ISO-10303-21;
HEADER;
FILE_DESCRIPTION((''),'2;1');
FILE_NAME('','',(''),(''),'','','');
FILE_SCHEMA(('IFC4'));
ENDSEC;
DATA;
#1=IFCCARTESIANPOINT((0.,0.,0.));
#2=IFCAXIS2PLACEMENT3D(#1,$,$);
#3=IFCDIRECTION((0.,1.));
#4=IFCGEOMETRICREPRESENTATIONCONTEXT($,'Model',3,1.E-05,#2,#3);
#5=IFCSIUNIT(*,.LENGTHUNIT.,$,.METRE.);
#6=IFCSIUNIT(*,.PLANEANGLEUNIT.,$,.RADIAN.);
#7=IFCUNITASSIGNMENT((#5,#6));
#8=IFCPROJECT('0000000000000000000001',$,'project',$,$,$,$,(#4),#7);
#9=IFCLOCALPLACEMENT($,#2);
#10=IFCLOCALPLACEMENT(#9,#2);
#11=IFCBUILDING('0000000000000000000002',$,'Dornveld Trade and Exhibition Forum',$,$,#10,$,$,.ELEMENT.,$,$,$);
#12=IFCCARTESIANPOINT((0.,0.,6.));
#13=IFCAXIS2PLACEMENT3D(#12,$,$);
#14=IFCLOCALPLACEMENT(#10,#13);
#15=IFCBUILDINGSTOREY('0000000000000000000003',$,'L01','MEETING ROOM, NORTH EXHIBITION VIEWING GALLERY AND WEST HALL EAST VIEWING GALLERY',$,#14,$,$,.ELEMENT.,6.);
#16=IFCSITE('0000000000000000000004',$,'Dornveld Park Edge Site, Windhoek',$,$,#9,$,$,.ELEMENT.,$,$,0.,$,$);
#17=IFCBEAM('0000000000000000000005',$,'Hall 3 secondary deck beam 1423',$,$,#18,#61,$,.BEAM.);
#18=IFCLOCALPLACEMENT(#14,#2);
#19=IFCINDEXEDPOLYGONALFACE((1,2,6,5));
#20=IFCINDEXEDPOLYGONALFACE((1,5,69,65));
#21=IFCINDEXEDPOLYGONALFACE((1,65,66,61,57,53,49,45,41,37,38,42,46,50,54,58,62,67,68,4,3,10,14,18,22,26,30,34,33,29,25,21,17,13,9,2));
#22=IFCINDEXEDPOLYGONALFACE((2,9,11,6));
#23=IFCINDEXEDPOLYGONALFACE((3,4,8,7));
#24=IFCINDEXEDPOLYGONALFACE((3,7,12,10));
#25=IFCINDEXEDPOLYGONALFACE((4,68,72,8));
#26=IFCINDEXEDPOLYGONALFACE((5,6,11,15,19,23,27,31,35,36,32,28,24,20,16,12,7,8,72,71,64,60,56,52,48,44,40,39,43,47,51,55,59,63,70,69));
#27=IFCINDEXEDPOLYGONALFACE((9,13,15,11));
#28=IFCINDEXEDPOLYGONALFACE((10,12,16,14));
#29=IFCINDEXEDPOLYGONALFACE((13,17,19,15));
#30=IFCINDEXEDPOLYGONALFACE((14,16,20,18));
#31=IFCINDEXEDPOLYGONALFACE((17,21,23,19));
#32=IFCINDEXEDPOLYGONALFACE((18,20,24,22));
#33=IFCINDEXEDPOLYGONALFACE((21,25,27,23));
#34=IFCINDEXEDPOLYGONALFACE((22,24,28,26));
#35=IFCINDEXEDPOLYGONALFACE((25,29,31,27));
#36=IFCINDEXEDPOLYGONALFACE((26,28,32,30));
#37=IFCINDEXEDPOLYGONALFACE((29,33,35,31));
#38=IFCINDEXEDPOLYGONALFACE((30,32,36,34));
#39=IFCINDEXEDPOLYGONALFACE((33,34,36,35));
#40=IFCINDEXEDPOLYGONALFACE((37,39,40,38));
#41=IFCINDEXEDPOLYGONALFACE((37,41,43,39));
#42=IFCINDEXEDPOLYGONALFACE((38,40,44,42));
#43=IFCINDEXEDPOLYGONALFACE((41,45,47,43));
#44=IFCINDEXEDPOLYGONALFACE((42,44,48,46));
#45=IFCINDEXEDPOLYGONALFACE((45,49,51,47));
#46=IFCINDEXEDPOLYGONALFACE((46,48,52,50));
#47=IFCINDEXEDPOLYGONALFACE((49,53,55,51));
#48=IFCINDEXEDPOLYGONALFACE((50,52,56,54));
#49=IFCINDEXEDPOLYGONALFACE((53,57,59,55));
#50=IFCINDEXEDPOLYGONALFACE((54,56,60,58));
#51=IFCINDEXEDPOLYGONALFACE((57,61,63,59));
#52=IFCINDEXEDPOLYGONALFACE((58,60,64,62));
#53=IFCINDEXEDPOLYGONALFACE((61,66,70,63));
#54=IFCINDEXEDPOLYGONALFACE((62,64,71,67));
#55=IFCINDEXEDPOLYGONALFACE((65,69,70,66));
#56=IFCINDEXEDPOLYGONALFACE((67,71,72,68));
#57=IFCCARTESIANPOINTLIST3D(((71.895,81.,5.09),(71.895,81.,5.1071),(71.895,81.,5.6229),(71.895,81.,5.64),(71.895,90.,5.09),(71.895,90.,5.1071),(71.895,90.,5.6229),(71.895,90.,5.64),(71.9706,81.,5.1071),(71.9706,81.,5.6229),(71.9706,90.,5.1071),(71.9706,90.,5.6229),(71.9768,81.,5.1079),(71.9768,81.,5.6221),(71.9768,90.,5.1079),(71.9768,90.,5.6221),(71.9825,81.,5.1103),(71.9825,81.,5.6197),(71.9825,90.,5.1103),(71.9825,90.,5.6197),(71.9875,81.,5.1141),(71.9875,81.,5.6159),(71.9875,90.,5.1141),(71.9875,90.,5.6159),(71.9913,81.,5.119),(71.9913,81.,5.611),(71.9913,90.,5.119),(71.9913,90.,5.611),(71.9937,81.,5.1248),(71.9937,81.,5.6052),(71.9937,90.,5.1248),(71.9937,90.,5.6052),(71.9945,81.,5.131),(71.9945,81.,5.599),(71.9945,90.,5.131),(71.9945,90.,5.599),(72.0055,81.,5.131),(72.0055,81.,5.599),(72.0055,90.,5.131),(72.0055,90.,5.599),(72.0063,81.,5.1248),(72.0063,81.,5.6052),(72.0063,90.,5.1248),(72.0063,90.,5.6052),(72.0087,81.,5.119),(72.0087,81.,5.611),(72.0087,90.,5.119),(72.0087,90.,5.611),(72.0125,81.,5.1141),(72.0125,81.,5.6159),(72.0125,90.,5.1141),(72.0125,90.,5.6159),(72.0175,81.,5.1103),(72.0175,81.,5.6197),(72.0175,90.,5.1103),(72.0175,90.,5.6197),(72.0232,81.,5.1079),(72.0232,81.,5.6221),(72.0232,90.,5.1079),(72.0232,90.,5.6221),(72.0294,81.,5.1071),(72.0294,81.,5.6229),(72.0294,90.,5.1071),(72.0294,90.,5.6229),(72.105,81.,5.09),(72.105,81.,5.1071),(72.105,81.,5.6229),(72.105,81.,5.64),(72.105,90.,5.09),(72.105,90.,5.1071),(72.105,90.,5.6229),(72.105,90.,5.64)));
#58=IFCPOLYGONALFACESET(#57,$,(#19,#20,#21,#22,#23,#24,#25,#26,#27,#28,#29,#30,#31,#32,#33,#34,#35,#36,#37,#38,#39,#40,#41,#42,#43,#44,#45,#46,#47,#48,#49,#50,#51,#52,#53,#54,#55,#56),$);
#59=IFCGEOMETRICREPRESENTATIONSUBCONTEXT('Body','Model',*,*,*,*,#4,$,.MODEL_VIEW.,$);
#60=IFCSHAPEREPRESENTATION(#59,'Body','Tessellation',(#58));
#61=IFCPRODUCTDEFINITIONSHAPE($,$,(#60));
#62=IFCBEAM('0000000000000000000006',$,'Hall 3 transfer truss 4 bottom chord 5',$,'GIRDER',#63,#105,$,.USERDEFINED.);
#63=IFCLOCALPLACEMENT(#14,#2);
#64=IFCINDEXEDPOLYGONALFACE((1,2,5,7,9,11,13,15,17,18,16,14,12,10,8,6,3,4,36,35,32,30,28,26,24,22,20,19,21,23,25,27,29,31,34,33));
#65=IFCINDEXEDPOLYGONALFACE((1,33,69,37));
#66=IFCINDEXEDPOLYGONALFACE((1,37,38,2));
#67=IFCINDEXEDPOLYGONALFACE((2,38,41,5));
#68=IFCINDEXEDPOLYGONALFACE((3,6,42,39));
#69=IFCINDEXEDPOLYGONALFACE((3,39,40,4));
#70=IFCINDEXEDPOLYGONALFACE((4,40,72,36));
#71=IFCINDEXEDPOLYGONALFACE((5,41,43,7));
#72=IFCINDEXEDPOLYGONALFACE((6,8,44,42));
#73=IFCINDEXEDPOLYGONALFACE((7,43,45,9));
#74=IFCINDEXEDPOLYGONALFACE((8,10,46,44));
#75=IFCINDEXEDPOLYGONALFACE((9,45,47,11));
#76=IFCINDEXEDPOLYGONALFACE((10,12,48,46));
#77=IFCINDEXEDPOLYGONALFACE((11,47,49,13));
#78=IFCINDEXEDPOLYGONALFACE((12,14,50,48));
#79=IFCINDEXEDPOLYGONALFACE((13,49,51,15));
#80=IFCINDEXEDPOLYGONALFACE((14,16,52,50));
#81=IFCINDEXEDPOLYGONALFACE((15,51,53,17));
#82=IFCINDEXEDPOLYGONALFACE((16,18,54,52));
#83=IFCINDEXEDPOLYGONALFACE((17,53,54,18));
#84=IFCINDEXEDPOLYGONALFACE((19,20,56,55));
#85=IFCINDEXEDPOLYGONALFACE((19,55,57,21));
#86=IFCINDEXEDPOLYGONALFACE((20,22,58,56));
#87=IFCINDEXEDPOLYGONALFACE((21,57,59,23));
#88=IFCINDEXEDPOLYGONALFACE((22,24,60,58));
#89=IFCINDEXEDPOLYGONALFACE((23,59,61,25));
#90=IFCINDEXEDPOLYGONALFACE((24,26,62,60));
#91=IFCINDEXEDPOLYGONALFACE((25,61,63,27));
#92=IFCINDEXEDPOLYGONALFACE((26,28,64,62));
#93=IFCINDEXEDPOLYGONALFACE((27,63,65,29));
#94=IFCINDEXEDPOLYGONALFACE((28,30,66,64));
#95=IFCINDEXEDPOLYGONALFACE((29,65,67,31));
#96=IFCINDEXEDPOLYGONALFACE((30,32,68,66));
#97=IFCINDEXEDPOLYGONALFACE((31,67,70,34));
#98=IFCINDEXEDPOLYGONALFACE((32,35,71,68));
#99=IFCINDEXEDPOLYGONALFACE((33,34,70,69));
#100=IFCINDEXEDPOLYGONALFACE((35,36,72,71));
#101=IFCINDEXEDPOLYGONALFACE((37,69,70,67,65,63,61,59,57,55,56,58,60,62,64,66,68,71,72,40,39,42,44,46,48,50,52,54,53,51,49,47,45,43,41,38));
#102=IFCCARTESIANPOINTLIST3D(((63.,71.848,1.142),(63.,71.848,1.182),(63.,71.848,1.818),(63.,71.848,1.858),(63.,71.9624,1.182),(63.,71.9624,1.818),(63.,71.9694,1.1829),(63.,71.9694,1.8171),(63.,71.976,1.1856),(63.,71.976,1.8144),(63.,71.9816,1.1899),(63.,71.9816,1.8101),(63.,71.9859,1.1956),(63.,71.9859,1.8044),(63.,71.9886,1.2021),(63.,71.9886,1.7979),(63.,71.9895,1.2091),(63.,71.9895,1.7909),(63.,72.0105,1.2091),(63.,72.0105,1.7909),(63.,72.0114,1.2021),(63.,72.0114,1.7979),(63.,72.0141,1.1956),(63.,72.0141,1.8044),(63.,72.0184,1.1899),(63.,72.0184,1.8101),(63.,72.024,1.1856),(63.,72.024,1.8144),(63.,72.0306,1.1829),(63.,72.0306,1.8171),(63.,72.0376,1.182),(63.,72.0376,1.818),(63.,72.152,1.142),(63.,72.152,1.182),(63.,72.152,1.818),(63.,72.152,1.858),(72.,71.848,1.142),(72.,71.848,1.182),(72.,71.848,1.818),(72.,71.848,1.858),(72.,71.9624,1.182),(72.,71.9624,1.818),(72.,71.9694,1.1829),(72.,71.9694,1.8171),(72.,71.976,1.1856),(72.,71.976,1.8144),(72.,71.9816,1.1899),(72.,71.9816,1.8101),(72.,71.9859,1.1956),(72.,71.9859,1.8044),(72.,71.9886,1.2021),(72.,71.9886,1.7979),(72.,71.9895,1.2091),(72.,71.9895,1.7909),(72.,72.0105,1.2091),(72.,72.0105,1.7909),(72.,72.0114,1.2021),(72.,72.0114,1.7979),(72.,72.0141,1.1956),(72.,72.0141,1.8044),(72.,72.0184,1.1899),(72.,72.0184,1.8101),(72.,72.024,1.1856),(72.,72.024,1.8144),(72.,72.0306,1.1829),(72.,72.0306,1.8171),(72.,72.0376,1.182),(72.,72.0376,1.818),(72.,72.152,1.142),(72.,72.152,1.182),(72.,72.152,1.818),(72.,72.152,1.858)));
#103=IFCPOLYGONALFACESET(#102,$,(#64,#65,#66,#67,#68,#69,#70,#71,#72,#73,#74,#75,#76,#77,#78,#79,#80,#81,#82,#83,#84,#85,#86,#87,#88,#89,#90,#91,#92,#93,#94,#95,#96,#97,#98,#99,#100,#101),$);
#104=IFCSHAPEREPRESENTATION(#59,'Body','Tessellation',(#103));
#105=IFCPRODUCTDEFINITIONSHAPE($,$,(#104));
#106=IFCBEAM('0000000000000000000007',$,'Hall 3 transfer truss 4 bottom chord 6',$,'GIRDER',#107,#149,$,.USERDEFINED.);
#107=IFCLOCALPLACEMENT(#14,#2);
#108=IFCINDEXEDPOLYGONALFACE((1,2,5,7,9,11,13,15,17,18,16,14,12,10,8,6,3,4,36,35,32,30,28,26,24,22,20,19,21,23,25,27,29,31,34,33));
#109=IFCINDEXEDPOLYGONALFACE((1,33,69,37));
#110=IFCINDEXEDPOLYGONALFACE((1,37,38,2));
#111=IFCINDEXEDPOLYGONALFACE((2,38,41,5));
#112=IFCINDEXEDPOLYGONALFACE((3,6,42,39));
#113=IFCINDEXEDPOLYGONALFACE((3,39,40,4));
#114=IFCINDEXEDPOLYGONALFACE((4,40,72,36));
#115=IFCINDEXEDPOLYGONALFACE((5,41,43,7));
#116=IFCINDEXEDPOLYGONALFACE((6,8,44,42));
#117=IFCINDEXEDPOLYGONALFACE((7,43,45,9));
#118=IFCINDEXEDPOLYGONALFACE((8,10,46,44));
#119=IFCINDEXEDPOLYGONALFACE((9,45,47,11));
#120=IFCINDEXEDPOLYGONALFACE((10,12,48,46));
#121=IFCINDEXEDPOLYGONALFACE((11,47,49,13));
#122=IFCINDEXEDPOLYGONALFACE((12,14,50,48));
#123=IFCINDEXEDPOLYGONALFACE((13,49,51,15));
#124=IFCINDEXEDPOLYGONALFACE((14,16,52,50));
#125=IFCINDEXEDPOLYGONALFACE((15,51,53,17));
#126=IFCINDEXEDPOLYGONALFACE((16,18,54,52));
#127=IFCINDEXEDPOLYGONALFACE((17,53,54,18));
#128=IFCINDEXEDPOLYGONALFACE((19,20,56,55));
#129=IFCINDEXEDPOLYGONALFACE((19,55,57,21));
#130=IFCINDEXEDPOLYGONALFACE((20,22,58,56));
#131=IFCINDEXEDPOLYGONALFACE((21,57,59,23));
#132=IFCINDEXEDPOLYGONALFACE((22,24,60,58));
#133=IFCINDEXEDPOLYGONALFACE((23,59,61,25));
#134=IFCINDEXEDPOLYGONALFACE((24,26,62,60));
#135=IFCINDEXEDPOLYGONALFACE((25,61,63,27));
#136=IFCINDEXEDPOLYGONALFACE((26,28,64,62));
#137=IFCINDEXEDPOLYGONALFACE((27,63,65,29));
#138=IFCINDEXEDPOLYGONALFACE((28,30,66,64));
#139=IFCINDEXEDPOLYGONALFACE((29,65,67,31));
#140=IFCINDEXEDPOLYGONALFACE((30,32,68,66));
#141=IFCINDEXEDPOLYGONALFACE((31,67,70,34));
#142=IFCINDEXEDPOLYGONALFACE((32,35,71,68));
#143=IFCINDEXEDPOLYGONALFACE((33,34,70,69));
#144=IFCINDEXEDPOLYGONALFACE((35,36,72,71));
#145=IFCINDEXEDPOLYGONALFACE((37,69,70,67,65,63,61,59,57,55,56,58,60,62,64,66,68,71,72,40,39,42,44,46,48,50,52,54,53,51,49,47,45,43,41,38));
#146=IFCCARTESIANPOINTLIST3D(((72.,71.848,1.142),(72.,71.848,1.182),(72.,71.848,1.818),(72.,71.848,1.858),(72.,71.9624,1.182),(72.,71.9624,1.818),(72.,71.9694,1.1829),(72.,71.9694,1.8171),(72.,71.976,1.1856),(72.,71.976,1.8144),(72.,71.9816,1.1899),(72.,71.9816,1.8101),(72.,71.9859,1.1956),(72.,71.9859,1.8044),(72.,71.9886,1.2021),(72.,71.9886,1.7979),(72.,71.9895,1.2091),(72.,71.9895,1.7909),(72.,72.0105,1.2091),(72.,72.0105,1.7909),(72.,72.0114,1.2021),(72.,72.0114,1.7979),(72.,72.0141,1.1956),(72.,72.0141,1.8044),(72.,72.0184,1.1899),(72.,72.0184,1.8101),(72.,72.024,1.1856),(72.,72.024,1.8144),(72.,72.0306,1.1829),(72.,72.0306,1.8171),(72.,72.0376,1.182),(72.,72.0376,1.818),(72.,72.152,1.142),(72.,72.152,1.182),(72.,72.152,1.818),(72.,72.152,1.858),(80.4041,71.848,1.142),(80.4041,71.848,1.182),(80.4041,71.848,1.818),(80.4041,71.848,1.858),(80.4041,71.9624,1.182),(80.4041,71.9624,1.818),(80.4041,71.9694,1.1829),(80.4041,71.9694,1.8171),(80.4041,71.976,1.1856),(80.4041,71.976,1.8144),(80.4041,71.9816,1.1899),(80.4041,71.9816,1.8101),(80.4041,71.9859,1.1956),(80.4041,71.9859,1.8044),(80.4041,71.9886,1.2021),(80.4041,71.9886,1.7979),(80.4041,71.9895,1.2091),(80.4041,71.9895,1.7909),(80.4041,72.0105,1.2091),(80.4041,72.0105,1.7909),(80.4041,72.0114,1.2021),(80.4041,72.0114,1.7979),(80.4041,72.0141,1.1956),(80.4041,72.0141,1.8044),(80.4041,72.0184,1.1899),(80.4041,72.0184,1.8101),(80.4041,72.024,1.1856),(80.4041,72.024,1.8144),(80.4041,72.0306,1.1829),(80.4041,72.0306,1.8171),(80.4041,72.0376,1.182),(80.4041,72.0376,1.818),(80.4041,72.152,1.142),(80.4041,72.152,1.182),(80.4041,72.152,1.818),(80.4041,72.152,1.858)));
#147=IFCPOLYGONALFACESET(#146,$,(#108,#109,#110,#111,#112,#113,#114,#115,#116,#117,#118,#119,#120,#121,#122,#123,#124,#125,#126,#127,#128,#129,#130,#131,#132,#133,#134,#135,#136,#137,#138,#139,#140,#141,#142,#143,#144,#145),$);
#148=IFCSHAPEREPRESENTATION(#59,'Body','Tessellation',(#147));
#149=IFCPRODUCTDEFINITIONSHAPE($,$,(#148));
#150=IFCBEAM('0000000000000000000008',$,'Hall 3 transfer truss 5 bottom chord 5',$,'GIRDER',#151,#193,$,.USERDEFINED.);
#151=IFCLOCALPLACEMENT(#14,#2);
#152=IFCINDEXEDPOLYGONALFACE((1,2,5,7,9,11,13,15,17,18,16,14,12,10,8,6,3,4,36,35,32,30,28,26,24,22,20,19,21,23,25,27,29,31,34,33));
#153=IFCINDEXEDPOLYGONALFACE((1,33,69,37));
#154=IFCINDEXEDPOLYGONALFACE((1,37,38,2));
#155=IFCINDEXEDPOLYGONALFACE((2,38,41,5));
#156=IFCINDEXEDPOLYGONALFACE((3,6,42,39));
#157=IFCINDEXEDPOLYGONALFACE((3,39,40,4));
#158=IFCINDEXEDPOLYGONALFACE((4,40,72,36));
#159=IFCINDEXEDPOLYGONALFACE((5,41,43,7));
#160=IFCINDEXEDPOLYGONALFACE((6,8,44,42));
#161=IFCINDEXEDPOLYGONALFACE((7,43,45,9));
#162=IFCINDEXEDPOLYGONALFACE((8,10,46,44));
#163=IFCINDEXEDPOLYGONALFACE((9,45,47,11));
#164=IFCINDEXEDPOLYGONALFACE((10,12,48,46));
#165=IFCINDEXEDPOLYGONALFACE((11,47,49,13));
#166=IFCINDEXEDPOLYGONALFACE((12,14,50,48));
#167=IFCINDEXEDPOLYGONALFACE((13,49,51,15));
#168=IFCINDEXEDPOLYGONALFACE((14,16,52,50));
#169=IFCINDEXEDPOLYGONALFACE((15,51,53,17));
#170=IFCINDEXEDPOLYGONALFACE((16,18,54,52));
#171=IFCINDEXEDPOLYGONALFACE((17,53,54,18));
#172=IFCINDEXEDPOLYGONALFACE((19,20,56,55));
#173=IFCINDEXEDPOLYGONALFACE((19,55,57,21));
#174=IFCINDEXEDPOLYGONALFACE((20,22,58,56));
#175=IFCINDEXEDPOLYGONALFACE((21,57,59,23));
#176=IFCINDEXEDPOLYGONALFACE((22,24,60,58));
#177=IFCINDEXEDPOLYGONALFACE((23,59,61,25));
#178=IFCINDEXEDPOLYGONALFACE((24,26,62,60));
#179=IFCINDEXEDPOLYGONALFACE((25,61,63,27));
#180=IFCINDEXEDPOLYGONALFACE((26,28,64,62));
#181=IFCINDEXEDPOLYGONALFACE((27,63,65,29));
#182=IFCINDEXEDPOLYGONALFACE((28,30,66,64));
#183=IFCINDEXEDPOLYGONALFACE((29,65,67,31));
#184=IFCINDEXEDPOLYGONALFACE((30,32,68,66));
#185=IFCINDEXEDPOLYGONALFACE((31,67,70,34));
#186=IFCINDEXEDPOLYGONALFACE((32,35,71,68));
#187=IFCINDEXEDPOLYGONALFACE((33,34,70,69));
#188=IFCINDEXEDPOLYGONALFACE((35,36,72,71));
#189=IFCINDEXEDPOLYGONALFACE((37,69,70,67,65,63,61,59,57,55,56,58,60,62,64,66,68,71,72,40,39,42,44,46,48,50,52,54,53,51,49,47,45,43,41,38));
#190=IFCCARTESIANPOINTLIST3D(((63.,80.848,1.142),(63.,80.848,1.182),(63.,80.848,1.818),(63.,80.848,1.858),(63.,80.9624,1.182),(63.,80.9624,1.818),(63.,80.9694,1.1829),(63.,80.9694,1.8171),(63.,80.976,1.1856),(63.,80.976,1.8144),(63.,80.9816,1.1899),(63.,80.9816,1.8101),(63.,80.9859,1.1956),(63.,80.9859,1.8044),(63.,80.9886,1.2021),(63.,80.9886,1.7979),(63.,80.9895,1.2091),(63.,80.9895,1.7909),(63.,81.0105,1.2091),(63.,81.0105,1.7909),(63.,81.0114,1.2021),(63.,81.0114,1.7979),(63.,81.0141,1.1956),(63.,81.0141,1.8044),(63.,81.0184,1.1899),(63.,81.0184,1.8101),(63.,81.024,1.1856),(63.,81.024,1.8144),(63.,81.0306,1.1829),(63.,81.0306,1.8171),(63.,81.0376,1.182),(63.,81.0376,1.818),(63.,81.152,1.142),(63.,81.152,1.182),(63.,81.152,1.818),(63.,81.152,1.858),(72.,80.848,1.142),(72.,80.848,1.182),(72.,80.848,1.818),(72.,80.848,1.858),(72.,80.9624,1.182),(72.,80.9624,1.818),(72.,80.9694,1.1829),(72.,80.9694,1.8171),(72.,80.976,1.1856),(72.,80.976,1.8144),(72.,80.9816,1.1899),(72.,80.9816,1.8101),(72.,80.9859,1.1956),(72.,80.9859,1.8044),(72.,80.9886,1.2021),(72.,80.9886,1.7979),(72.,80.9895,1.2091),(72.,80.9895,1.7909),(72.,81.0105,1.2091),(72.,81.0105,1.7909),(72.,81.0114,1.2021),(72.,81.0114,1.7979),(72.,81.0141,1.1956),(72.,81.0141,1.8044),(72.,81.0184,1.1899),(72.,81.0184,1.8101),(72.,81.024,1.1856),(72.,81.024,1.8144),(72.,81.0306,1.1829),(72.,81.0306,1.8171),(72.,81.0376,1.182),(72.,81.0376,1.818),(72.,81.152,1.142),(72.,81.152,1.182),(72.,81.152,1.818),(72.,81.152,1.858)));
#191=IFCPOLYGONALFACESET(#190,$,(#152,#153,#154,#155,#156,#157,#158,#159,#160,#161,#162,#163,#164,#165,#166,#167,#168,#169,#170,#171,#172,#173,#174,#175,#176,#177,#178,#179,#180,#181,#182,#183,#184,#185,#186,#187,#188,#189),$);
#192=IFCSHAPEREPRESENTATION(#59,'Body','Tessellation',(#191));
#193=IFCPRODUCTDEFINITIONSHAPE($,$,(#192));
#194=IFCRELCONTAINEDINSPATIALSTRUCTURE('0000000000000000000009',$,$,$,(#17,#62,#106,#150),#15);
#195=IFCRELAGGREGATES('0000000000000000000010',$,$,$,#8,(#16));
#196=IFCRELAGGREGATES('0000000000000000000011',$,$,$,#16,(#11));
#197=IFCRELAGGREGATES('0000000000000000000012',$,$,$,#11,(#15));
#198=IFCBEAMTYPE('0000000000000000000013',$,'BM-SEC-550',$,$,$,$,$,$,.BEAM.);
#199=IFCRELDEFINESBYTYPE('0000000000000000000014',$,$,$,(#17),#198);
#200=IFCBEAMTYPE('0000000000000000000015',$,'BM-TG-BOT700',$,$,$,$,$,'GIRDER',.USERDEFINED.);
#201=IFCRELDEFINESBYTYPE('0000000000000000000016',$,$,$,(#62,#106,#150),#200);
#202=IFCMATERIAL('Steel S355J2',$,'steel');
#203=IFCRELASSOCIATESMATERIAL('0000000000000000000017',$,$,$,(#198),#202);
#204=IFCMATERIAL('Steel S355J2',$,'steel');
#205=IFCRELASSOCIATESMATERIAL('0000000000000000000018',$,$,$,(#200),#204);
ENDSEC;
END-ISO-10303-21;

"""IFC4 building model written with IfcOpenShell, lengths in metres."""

from ifc_helpers import new_model, si_unit, direction, frame, origin, origin_2d, place, context, subcontext, project, spatial, i_section, extrude, material, material_profile, profile_set, type_object, element, save


model = new_model("IFC4")

# Units and contexts
model_context = context("Model", 3, precision=1e-05, world=origin(), true_north=direction((0.0, 1.0)))
body_context = subcontext(model_context, "Body", "Model", "MODEL_VIEW")
ifc_project = project(units=[si_unit("LENGTHUNIT", "METRE"), si_unit("PLANEANGLEUNIT", "RADIAN")], contexts=[model_context])

# Site, building, storey
site_placement = place(None, origin())
site = spatial("IfcSite", under=ifc_project, at=site_placement, Name="Dornveld Park Edge Site, Windhoek", CompositionType="ELEMENT", RefElevation=0.0)
building_placement = place(site_placement, origin())
building = spatial("IfcBuilding", under=site, at=building_placement, Name="Dornveld Trade and Exhibition Forum", CompositionType="ELEMENT")
storey_placement = place(building_placement, frame((0.0, 0.0, 6.0)))
storey = spatial("IfcBuildingStorey", under=building, at=storey_placement, Name="L01", Description="MEETING ROOM, NORTH EXHIBITION VIEWING GALLERY AND WEST HALL EAST VIEWING GALLERY", CompositionType="ELEMENT", Elevation=6.0)

# Beams
ifc_material_1 = material(Name="Steel S355J2", Category="steel")
ifc_material_profile_1 = material_profile(ifc_material_1, i_section(OverallWidth=0.21, OverallDepth=0.55, WebThickness=0.011, FlangeThickness=0.0171, FilletRadius=0.0239, at=origin_2d()), Name="IPE 550")
ifc_profile_set_1 = profile_set([ifc_material_profile_1], Name="Steel S355J2")
beam_type_1 = type_object("IfcBeamType", Name="BM-SEC-550", PredefinedType="BEAM", material=ifc_profile_set_1)
for number, where, z_axis, x_axis, name in (
    (1, (72.0, 81.0, 5.365), (0.0, 1.0, 0.0), (-1.0, 0.0, 0.0), "Hall 3 secondary deck beam 1423"),
):
    element("IfcBeam", number, at=place(storey_placement, frame(where, z_axis=z_axis, x_axis=x_axis)), inside=storey, type_object=beam_type_1, Name=name, PredefinedType="BEAM", context=body_context, shape_type="SweptSolid", body=[
        extrude(i_section(OverallWidth=0.21, OverallDepth=0.55, WebThickness=0.011, FlangeThickness=0.0171, FilletRadius=0.0239, at=origin_2d()), origin(), (0.0, 0.0, 1.0), 9.0),
    ])
ifc_material_2 = material(Name="Steel S355J2", Category="steel")
ifc_material_profile_2 = material_profile(ifc_material_2, i_section(OverallWidth=0.304, OverallDepth=0.7161, WebThickness=0.021, FlangeThickness=0.04, FilletRadius=0.0271, at=origin_2d()), Name="HEM 700")
ifc_profile_set_2 = profile_set([ifc_material_profile_2], Name="Steel S355J2")
beam_type_2 = type_object("IfcBeamType", Name="BM-TG-BOT700", ElementType="GIRDER", PredefinedType="USERDEFINED", material=ifc_profile_set_2)
beam_1_placement = place(storey_placement, frame((63.0, 72.0, 1.5), z_axis=(1.0, 0.0, 0.0), x_axis=(0.0, 1.0, 0.0)))
element("IfcBeam", 2, at=beam_1_placement, inside=storey, type_object=beam_type_2, Name="Hall 3 transfer truss 4 bottom chord 5", ObjectType="GIRDER", PredefinedType="USERDEFINED", context=body_context, shape_type="SweptSolid", body=[
    extrude(i_section(OverallWidth=0.304, OverallDepth=0.7161, WebThickness=0.021, FlangeThickness=0.04, FilletRadius=0.0271, at=origin_2d()), origin(), (0.0, 0.0, 1.0), 9.0),
])
beam_2_placement = place(storey_placement, frame((72.0, 72.0, 1.5), z_axis=(1.0, 0.0, 0.0), x_axis=(0.0, 1.0, 0.0)))
element("IfcBeam", 3, at=beam_2_placement, inside=storey, type_object=beam_type_2, Name="Hall 3 transfer truss 4 bottom chord 6", ObjectType="GIRDER", PredefinedType="USERDEFINED", context=body_context, shape_type="SweptSolid", body=[
    extrude(i_section(OverallWidth=0.304, OverallDepth=0.7161, WebThickness=0.021, FlangeThickness=0.04, FilletRadius=0.0271, at=origin_2d()), origin(), (0.0, 0.0, 1.0), 8.4041),
])
beam_3_placement = place(storey_placement, frame((63.0, 81.0, 1.5), z_axis=(1.0, 0.0, 0.0), x_axis=(0.0, 1.0, 0.0)))
element("IfcBeam", 4, at=beam_3_placement, inside=storey, type_object=beam_type_2, Name="Hall 3 transfer truss 5 bottom chord 5", ObjectType="GIRDER", PredefinedType="USERDEFINED", context=body_context, shape_type="SweptSolid", body=[
    extrude(i_section(OverallWidth=0.304, OverallDepth=0.7161, WebThickness=0.021, FlangeThickness=0.04, FilletRadius=0.0271, at=origin_2d()), origin(), (0.0, 0.0, 1.0), 9.0),
])

save(model, "model.ifc")
